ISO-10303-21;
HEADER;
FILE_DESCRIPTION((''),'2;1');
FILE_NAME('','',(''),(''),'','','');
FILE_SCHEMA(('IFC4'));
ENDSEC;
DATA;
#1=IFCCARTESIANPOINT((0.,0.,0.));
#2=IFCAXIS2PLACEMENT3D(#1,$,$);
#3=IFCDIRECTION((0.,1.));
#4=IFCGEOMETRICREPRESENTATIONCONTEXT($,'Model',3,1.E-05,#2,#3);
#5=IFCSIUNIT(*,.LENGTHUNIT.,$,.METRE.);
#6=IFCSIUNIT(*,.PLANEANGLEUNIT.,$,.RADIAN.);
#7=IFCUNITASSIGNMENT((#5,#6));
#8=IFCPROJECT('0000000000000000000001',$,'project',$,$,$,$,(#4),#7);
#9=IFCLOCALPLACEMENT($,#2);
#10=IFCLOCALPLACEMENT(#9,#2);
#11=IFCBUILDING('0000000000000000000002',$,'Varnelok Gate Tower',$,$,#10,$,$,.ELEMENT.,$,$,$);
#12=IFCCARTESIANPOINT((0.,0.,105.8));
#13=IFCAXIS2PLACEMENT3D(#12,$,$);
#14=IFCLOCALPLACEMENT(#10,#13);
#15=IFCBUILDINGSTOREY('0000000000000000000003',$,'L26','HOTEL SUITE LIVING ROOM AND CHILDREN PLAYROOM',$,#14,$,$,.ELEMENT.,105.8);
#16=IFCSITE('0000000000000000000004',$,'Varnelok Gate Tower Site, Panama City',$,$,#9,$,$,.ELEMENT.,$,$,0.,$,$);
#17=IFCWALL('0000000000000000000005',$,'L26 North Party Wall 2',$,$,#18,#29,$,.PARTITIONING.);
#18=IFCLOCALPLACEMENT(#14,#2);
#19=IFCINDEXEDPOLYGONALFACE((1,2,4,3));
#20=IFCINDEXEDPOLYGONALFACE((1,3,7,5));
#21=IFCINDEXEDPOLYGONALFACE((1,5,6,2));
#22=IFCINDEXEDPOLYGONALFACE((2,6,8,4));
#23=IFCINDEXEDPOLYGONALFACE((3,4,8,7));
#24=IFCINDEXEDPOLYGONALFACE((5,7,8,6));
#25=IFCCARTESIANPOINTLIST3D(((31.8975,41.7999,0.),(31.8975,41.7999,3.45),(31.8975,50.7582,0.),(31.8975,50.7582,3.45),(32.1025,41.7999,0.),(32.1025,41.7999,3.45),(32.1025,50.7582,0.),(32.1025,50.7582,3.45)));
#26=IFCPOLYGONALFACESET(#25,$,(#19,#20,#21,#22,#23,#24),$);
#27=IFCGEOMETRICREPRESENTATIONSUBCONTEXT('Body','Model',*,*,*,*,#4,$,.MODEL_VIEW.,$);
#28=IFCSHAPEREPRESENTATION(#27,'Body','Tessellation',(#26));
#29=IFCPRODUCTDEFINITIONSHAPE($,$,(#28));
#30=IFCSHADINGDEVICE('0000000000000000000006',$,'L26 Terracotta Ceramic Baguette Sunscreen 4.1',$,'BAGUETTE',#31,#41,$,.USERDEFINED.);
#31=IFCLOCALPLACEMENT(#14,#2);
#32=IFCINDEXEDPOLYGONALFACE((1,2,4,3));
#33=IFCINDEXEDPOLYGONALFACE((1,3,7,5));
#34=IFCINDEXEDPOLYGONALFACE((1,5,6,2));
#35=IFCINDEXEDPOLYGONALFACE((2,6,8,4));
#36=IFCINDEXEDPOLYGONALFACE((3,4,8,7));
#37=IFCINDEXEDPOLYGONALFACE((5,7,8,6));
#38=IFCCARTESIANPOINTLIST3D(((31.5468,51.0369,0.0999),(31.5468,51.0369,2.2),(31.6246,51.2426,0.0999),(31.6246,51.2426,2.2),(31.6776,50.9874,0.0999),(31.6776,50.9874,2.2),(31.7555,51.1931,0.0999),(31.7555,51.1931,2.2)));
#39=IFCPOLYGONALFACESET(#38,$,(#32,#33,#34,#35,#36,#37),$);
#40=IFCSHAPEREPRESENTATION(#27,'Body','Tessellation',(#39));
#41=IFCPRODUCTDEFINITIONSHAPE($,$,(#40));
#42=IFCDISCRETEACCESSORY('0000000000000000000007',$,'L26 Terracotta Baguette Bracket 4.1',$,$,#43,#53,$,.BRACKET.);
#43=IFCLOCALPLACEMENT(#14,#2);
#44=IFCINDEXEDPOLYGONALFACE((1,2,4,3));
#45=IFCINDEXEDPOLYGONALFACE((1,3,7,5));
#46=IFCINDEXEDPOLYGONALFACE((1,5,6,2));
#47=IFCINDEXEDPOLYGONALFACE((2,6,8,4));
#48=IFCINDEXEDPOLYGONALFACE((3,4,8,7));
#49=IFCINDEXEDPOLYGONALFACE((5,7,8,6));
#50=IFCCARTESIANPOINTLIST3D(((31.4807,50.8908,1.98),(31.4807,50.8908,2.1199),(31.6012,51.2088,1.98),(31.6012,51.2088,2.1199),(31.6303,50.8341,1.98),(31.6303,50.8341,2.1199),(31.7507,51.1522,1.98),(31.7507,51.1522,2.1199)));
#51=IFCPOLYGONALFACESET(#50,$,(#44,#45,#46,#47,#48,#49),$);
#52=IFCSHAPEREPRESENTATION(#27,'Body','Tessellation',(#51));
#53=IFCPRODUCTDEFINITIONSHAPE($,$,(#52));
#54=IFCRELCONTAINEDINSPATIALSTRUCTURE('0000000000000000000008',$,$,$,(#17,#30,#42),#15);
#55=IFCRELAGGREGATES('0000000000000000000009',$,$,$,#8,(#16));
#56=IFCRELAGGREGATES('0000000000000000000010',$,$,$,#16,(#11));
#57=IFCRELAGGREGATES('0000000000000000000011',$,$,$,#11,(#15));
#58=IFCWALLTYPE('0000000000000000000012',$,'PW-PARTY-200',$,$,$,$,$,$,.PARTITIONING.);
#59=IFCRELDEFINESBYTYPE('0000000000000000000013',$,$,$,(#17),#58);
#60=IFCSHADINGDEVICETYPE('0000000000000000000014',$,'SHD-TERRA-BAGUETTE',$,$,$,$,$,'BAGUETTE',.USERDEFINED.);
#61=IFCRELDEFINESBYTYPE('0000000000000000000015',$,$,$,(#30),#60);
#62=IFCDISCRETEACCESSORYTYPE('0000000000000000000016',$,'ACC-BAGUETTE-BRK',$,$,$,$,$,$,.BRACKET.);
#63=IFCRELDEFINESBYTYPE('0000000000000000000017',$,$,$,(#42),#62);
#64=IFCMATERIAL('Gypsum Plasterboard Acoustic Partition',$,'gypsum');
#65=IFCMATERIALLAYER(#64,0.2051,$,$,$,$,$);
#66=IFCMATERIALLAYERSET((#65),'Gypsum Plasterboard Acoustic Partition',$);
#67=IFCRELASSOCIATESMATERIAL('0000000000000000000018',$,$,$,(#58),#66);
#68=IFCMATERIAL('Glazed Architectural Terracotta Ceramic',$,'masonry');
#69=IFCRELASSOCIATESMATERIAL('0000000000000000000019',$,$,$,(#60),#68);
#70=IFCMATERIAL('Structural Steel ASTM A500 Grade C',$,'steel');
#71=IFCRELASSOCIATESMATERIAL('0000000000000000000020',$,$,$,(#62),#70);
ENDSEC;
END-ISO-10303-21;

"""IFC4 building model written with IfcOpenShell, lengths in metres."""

from ifc_helpers import new_model, si_unit, direction, frame, frame_2d, origin, origin_2d, place, context, subcontext, project, spatial, rectangle, extrude, source, transform, mapped, material, layer, layer_set, type_object, element, save


model = new_model("IFC4")

# Units and contexts
model_context = context("Model", 3, precision=1e-05, world=origin(), true_north=direction((0.0, 1.0)))
body_context = subcontext(model_context, "Body", "Model", "MODEL_VIEW")
ifc_project = project(units=[si_unit("LENGTHUNIT", "METRE"), si_unit("PLANEANGLEUNIT", "RADIAN")], contexts=[model_context])

# Site, building, storey
site_placement = place(None, origin())
site = spatial("IfcSite", under=ifc_project, at=site_placement, Name="Varnelok Gate Tower Site, Panama City", CompositionType="ELEMENT", RefElevation=0.0)
building_placement = place(site_placement, origin())
building = spatial("IfcBuilding", under=site, at=building_placement, Name="Varnelok Gate Tower", CompositionType="ELEMENT")
storey_placement = place(building_placement, frame((0.0, 0.0, 105.8)))
storey = spatial("IfcBuildingStorey", under=building, at=storey_placement, Name="L26", Description="HOTEL SUITE LIVING ROOM AND CHILDREN PLAYROOM", CompositionType="ELEMENT", Elevation=105.8)

# Shared definitions
ifc_material_1 = material(Name="Gypsum Plasterboard Acoustic Partition", Category="gypsum")

# Wall
ifc_layer_1 = layer(ifc_material_1, 0.2051)
ifc_layer_set_1 = layer_set([ifc_layer_1], Name="Gypsum Plasterboard Acoustic Partition")
wall_type_1 = type_object("IfcWallType", Name="PW-PARTY-200", PredefinedType="PARTITIONING", material=ifc_layer_set_1)
wall_1_placement = place(storey_placement, frame((32.0, 41.8, 0.0), z_axis=(0.0, 0.0, 1.0), x_axis=(0.0, 1.0, 0.0)))
element("IfcWall", 1, at=wall_1_placement, inside=storey, type_object=wall_type_1, Name="L26 North Party Wall 2", PredefinedType="PARTITIONING", context=body_context, shape_type="SweptSolid", body=[
    extrude(rectangle(XDim=8.9583, YDim=0.2051, at=frame_2d((4.479, 0.0))), origin(), (0.0, 0.0, 1.0), 3.45),
])

# Shading device
ifc_material_2 = material(Name="Glazed Architectural Terracotta Ceramic", Category="masonry")
shading_device_type = type_object("IfcShadingDeviceType", Name="SHD-TERRA-BAGUETTE", ElementType="BAGUETTE", PredefinedType="USERDEFINED", material=ifc_material_2)
shared_shape_1 = source(origin(), body_context, "Body", "SweptSolid", [
    extrude(rectangle(XDim=0.1399, YDim=0.22, at=origin_2d()), origin(), (0.0, 0.0, 1.0), 2.1001),
])
shading_device_placement = place(storey_placement, frame((31.6511, 51.115, 0.0999), z_axis=(0.0, 0.0, 1.0), x_axis=(0.935222, -0.354063, 0.0)))
element("IfcShadingDevice", 2, at=shading_device_placement, inside=storey, type_object=shading_device_type, Name="L26 Terracotta Ceramic Baguette Sunscreen 4.1", ObjectType="BAGUETTE", PredefinedType="USERDEFINED", context=body_context, shape_type="MappedRepresentation", body=[
    mapped(shared_shape_1, transform((0.0, 0.0, 0.0), scale=1.0)),
])

# Discrete accessory
ifc_material_3 = material(Name="Structural Steel ASTM A500 Grade C", Category="steel")
discrete_accessory_type = type_object("IfcDiscreteAccessoryType", Name="ACC-BAGUETTE-BRK", PredefinedType="BRACKET", material=ifc_material_3)
shared_shape_2 = source(origin(), body_context, "Body", "SweptSolid", [
    extrude(rectangle(XDim=0.1599, YDim=0.3401, at=origin_2d()), origin(), (0.0, 0.0, 1.0), 0.1399),
])
discrete_accessory_placement = place(storey_placement, frame((31.6157, 51.0215, 1.98), z_axis=(0.0, 0.0, 1.0), x_axis=(0.935222, -0.354063, 0.0)))
element("IfcDiscreteAccessory", 3, at=discrete_accessory_placement, inside=storey, type_object=discrete_accessory_type, Name="L26 Terracotta Baguette Bracket 4.1", PredefinedType="BRACKET", context=body_context, shape_type="MappedRepresentation", body=[
    mapped(shared_shape_2, transform((0.0, 0.0, 0.0), scale=1.0)),
])

save(model, "model.ifc")
